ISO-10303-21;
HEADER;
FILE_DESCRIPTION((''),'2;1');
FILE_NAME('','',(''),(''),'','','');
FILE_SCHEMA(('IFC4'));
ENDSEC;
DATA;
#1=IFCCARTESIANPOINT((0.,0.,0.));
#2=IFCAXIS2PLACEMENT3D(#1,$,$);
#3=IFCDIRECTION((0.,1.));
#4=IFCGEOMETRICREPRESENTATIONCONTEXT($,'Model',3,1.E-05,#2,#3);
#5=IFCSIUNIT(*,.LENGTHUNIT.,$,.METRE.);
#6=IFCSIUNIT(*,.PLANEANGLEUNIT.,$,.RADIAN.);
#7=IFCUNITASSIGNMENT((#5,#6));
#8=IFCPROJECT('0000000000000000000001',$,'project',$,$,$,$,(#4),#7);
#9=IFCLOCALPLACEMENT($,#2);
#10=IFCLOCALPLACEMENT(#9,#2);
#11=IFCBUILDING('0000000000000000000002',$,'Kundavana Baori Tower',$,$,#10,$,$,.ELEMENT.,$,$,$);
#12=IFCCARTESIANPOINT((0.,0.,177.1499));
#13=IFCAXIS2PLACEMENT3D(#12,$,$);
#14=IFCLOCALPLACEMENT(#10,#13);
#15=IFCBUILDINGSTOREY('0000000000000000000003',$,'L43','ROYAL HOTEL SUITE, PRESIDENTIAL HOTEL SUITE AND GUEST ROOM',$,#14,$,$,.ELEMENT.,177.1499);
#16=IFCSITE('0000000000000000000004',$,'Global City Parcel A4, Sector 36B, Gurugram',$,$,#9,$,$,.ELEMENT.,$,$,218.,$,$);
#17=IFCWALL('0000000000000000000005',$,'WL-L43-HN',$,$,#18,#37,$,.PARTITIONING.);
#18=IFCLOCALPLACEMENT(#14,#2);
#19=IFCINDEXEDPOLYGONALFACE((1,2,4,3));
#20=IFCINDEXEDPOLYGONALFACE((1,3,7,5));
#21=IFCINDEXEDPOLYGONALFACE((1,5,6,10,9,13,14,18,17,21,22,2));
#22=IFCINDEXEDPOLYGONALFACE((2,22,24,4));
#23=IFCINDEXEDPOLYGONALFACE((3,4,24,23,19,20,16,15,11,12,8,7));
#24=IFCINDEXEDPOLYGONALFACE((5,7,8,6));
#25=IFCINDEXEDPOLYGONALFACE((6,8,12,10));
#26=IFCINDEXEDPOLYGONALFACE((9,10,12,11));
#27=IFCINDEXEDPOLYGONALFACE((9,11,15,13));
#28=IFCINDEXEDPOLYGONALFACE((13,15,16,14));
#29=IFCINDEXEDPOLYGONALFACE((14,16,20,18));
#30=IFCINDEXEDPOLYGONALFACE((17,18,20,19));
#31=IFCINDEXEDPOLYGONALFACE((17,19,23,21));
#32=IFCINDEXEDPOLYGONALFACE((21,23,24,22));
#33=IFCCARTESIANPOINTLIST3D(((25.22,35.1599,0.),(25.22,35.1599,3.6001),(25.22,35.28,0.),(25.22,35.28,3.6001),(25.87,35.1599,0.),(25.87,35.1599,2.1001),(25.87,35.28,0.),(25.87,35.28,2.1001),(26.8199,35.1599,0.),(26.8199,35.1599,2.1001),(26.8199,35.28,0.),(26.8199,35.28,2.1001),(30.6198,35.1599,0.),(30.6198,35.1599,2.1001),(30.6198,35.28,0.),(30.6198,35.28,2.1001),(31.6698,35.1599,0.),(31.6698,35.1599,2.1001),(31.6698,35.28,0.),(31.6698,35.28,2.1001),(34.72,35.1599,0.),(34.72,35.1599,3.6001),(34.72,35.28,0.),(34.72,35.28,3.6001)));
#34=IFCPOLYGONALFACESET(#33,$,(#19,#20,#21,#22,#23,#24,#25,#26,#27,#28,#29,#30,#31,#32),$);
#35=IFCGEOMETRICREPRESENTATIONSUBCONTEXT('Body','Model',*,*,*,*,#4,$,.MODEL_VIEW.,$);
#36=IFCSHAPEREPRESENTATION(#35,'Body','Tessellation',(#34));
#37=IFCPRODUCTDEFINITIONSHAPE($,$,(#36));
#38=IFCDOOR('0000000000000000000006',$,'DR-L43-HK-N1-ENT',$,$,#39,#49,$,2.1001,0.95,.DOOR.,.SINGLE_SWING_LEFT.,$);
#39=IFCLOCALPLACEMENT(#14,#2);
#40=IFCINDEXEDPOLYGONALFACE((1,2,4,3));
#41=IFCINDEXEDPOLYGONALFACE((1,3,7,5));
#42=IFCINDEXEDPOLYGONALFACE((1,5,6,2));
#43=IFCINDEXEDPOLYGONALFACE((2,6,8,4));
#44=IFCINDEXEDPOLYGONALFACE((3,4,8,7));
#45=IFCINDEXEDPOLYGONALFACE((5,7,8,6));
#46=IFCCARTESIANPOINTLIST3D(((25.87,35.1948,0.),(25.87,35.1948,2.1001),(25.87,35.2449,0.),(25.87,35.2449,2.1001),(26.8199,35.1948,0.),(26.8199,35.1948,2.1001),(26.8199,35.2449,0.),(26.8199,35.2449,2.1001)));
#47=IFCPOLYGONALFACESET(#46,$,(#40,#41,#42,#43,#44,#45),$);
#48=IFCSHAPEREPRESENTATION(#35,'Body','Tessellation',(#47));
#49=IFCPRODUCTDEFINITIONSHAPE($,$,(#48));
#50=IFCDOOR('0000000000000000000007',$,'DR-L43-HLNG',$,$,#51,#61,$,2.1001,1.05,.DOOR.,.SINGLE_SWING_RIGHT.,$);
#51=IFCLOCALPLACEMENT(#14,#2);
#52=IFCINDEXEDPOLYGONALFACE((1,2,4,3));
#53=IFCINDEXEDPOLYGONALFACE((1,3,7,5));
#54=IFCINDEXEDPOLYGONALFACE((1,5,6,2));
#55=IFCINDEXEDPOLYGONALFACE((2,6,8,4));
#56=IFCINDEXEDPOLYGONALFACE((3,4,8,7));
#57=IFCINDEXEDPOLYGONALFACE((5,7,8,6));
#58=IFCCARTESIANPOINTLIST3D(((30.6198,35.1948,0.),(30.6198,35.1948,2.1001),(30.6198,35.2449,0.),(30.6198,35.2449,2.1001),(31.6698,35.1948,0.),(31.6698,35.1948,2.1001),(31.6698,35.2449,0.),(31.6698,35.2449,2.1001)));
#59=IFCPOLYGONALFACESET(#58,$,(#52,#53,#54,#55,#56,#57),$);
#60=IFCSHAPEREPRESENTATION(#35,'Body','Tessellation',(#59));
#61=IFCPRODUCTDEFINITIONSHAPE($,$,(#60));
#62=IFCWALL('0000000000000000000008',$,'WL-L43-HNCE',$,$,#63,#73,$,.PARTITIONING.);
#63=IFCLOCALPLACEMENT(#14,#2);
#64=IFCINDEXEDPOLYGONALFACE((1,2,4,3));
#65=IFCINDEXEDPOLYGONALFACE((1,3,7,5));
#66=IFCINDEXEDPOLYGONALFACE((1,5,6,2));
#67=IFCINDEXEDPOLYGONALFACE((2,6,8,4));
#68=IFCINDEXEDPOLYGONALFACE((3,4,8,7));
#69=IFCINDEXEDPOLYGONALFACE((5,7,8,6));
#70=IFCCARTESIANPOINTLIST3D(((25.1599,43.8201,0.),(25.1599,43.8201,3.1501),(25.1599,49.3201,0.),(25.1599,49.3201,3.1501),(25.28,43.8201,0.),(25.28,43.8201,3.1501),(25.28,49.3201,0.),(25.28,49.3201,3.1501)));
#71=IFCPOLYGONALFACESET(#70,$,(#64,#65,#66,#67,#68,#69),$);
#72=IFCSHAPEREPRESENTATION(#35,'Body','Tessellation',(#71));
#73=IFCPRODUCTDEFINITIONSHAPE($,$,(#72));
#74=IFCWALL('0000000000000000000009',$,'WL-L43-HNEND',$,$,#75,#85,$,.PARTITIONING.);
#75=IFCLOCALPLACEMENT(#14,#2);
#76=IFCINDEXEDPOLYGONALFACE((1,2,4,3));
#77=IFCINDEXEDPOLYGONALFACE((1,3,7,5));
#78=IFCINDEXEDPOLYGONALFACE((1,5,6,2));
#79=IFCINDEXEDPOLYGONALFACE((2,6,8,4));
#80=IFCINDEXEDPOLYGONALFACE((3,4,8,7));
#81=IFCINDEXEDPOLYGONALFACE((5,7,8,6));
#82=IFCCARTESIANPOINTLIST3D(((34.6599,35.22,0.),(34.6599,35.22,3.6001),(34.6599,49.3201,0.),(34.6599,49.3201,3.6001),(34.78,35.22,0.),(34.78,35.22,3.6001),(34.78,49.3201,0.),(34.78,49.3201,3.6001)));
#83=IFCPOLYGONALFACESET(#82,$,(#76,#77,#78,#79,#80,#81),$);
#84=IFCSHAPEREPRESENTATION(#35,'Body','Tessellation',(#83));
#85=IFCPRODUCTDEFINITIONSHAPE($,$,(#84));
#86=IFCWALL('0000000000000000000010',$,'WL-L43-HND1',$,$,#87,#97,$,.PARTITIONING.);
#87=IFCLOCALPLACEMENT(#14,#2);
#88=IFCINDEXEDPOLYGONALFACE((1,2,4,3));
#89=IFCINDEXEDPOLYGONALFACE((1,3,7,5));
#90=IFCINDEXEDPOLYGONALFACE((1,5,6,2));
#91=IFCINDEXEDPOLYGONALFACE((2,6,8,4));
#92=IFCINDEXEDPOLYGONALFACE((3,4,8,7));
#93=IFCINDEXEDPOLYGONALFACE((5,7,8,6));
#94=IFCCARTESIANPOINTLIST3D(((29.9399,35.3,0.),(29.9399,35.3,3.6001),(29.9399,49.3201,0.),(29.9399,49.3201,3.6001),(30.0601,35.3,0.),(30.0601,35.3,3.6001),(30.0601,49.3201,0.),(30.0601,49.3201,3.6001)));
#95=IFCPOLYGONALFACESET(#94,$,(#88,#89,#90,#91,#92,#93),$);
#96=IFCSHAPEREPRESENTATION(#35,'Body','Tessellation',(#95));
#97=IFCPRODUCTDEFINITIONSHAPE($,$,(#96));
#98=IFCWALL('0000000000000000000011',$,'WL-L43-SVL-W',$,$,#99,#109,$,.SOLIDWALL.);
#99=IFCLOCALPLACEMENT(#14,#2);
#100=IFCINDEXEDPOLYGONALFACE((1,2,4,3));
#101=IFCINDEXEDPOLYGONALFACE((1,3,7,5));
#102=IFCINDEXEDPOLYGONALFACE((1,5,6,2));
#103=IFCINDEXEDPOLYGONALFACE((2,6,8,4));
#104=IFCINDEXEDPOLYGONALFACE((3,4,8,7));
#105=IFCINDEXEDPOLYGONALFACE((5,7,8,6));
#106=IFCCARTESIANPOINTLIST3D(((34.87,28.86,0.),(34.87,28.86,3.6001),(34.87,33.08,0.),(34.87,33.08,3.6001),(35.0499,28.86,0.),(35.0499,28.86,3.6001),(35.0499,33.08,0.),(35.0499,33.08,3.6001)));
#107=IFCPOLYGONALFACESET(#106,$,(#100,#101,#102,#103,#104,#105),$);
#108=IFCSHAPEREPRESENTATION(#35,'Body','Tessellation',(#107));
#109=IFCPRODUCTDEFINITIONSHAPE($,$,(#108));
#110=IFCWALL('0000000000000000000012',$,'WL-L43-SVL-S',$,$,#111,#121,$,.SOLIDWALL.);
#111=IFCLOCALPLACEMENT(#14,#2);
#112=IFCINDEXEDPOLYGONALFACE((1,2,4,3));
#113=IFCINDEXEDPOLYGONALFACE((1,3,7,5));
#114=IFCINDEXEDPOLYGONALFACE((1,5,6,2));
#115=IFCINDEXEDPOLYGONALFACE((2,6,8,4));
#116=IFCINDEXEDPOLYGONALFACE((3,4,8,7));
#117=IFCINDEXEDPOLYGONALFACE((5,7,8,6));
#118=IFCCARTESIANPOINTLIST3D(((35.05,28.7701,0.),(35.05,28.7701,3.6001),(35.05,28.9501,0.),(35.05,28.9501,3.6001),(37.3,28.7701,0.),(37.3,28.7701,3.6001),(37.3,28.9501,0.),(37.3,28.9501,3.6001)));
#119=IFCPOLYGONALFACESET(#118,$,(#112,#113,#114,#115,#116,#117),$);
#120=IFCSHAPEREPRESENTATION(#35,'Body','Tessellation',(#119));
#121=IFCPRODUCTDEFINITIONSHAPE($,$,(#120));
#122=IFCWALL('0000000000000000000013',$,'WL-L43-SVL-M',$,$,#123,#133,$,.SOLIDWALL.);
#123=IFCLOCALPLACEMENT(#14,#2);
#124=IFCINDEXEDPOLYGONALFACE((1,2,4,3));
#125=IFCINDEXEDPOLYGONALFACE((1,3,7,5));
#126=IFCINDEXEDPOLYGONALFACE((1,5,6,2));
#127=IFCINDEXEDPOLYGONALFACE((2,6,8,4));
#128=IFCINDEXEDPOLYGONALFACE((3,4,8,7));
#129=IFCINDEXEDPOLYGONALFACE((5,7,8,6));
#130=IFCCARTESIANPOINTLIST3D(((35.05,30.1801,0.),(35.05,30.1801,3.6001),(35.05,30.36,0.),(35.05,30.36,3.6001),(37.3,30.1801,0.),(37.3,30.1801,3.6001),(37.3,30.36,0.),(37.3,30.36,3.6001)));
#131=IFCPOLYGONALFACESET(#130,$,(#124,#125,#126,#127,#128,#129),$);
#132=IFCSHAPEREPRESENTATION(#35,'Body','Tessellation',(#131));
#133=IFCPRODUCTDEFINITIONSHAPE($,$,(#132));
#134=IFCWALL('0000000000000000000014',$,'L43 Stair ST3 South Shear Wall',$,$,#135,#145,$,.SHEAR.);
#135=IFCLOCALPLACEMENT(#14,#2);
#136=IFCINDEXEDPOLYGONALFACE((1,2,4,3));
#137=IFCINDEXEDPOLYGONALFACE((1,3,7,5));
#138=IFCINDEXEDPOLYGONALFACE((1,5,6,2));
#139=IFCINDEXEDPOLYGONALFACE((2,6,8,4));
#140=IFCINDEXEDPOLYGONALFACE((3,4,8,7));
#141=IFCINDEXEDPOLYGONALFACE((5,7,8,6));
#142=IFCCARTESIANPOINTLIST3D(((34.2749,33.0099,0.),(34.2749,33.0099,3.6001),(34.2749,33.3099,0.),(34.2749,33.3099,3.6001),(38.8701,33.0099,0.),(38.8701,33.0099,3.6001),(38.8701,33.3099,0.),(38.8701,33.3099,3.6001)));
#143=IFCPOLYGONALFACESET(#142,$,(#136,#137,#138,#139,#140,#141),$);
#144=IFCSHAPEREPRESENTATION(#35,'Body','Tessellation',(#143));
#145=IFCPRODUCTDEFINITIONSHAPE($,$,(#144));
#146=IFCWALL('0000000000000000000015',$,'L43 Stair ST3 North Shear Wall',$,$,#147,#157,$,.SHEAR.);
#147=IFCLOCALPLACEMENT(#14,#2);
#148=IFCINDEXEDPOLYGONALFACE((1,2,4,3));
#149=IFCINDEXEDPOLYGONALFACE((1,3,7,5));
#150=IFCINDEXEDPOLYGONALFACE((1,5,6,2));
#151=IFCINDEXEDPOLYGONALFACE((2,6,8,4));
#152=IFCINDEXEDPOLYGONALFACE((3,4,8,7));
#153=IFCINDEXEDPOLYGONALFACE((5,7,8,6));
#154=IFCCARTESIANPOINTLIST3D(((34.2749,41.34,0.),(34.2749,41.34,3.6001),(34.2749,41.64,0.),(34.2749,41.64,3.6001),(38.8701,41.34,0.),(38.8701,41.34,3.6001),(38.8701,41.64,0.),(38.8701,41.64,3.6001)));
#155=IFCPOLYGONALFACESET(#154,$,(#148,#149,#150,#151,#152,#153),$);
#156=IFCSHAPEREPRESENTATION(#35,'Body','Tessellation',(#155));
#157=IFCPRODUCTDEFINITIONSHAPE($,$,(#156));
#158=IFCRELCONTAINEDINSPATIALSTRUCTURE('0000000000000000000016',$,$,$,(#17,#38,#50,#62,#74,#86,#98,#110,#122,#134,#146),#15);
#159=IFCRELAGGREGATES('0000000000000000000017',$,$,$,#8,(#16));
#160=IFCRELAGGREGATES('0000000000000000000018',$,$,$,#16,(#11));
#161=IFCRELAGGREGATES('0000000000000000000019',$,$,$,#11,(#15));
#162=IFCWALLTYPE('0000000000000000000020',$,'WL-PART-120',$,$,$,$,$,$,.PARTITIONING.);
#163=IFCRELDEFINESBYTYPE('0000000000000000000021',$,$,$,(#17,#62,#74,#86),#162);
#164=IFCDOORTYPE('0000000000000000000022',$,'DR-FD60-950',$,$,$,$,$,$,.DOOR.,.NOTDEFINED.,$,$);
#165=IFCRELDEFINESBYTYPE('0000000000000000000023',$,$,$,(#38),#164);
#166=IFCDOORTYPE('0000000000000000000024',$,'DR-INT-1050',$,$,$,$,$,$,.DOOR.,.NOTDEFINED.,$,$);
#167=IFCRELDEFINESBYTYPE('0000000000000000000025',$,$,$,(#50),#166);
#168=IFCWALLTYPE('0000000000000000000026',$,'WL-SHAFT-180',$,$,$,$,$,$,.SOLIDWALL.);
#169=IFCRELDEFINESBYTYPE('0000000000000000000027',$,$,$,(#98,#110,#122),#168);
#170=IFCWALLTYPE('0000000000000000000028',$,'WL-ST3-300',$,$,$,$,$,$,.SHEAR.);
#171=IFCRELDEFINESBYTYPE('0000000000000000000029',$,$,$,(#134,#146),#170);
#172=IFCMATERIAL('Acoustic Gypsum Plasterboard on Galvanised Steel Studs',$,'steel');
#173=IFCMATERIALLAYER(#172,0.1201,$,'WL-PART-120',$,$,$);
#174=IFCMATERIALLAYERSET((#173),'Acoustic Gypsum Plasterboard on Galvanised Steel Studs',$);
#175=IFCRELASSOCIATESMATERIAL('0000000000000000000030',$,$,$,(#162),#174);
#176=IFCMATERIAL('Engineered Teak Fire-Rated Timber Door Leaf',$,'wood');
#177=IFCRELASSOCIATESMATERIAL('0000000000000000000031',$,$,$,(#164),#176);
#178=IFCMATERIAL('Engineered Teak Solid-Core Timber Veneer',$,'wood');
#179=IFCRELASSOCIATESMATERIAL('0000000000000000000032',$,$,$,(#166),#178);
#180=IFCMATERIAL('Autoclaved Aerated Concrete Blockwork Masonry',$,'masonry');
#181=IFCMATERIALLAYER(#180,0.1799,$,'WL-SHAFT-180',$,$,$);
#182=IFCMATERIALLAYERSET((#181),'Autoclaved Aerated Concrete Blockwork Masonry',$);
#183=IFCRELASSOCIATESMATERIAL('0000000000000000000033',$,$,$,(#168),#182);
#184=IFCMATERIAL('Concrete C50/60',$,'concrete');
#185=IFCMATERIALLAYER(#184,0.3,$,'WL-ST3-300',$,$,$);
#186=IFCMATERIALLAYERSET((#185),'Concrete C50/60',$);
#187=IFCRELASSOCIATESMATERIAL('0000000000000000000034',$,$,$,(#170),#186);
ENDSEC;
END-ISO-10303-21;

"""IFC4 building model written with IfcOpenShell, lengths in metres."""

from ifc_helpers import new_model, si_unit, direction, frame, frame_2d, origin, place, context, subcontext, project, spatial, rectangle, extrude, material, layer, layer_set, type_object, element, fill, save


model = new_model("IFC4")

# Units and contexts
model_context = context("Model", 3, precision=1e-05, world=origin(), true_north=direction((0.0, 1.0)))
body_context = subcontext(model_context, "Body", "Model", "MODEL_VIEW")
ifc_project = project(units=[si_unit("LENGTHUNIT", "METRE"), si_unit("PLANEANGLEUNIT", "RADIAN")], contexts=[model_context])

# Site, building, storey
site_placement = place(None, origin())
site = spatial("IfcSite", under=ifc_project, at=site_placement, Name="Global City Parcel A4, Sector 36B, Gurugram", CompositionType="ELEMENT", RefElevation=218.0)
building_placement = place(site_placement, origin())
building = spatial("IfcBuilding", under=site, at=building_placement, Name="Kundavana Baori Tower", CompositionType="ELEMENT")
storey_placement = place(building_placement, frame((0.0, 0.0, 177.1499)))
storey = spatial("IfcBuildingStorey", under=building, at=storey_placement, Name="L43", Description="ROYAL HOTEL SUITE, PRESIDENTIAL HOTEL SUITE AND GUEST ROOM", CompositionType="ELEMENT", Elevation=177.1499)

# Wall, openings, doors
ifc_material_1 = material(Name="Acoustic Gypsum Plasterboard on Galvanised Steel Studs", Category="steel")
ifc_layer_1 = layer(ifc_material_1, 0.1201, Name="WL-PART-120")
ifc_layer_set_1 = layer_set([ifc_layer_1], Name="Acoustic Gypsum Plasterboard on Galvanised Steel Studs")
wall_type_1 = type_object("IfcWallType", Name="WL-PART-120", PredefinedType="PARTITIONING", material=ifc_layer_set_1)
wall_1_placement = place(storey_placement, frame((25.22, 35.22, 0.0), z_axis=(0.0, 0.0, 1.0), x_axis=(1.0, 0.0, 0.0)))
wall_1 = element("IfcWall", 1, at=wall_1_placement, inside=storey, type_object=wall_type_1, Name="WL-L43-HN", PredefinedType="PARTITIONING", context=body_context, shape_type="SweptSolid", body=[
    extrude(rectangle(XDim=9.5, YDim=0.1201, at=frame_2d((4.75, 0.0))), origin(), (0.0, 0.0, 1.0), 3.6001),
])
opening_1_placement = place(wall_1_placement, frame((0.6499, 0.0, 0.0)))
opening_1 = element("IfcOpeningElement", 2, at=opening_1_placement, cuts=wall_1, PredefinedType="OPENING", context=body_context, shape_type="SweptSolid", body=[
    extrude(rectangle(XDim=0.95, YDim=2.1001, at=frame_2d((0.4751, 1.05))), frame((0.0, 0.0701, 0.0), z_axis=(0.0, -1.0, 0.0), x_axis=(1.0, 0.0, 0.0)), (0.0, 0.0, 1.0), 0.1401),
])
opening_2_placement = place(wall_1_placement, frame((5.3999, 0.0, 0.0)))
opening_2 = element("IfcOpeningElement", 3, at=opening_2_placement, cuts=wall_1, PredefinedType="OPENING", context=body_context, shape_type="SweptSolid", body=[
    extrude(rectangle(XDim=1.05, YDim=2.1001, at=frame_2d((0.5249, 1.05))), frame((0.0, 0.0701, 0.0), z_axis=(0.0, -1.0, 0.0), x_axis=(1.0, 0.0, 0.0)), (0.0, 0.0, 1.0), 0.1401),
])
ifc_material_2 = material(Name="Engineered Teak Fire-Rated Timber Door Leaf", Category="wood")
door_type_1 = type_object("IfcDoorType", Name="DR-FD60-950", OperationType="NOTDEFINED", PredefinedType="DOOR", material=ifc_material_2)
door_1_placement = place(opening_1_placement, origin())
door_1 = element("IfcDoor", 4, at=door_1_placement, inside=storey, type_object=door_type_1, Name="DR-L43-HK-N1-ENT", OperationType="SINGLE_SWING_LEFT", OverallHeight=2.1001, OverallWidth=0.95, PredefinedType="DOOR", context=body_context, shape_type="SweptSolid", body=[
    extrude(rectangle(XDim=0.95, YDim=2.1001, at=frame_2d((0.4751, 1.05))), frame((0.0, 0.0249, 0.0), z_axis=(0.0, -1.0, 0.0), x_axis=(1.0, 0.0, 0.0)), (0.0, 0.0, 1.0), 0.05),
])
fill(opening_1, door_1)
ifc_material_3 = material(Name="Engineered Teak Solid-Core Timber Veneer", Category="wood")
door_type_2 = type_object("IfcDoorType", Name="DR-INT-1050", OperationType="NOTDEFINED", PredefinedType="DOOR", material=ifc_material_3)
door_2_placement = place(opening_2_placement, origin())
door_2 = element("IfcDoor", 5, at=door_2_placement, inside=storey, type_object=door_type_2, Name="DR-L43-HLNG", OperationType="SINGLE_SWING_RIGHT", OverallHeight=2.1001, OverallWidth=1.05, PredefinedType="DOOR", context=body_context, shape_type="SweptSolid", body=[
    extrude(rectangle(XDim=1.05, YDim=2.1001, at=frame_2d((0.5249, 1.05))), frame((0.0, 0.0249, 0.0), z_axis=(0.0, -1.0, 0.0), x_axis=(1.0, 0.0, 0.0)), (0.0, 0.0, 1.0), 0.05),
])
fill(opening_2, door_2)

# Walls
wall_2_placement = place(storey_placement, frame((25.22, 43.8201, 0.0), z_axis=(0.0, 0.0, 1.0), x_axis=(0.0, 1.0, 0.0)))
element("IfcWall", 6, at=wall_2_placement, inside=storey, type_object=wall_type_1, Name="WL-L43-HNCE", PredefinedType="PARTITIONING", context=body_context, shape_type="SweptSolid", body=[
    extrude(rectangle(XDim=5.5, YDim=0.1201, at=frame_2d((2.75, 0.0))), origin(), (0.0, 0.0, 1.0), 3.1501),
])
wall_3_placement = place(storey_placement, frame((34.72, 35.22, 0.0), z_axis=(0.0, 0.0, 1.0), x_axis=(0.0, 1.0, 0.0)))
element("IfcWall", 7, at=wall_3_placement, inside=storey, type_object=wall_type_1, Name="WL-L43-HNEND", PredefinedType="PARTITIONING", context=body_context, shape_type="SweptSolid", body=[
    extrude(rectangle(XDim=14.1001, YDim=0.1201, at=frame_2d((7.05, 0.0))), origin(), (0.0, 0.0, 1.0), 3.6001),
])
wall_4_placement = place(storey_placement, frame((30.0, 35.3, 0.0), z_axis=(0.0, 0.0, 1.0), x_axis=(0.0, 1.0, 0.0)))
element("IfcWall", 8, at=wall_4_placement, inside=storey, type_object=wall_type_1, Name="WL-L43-HND1", PredefinedType="PARTITIONING", context=body_context, shape_type="SweptSolid", body=[
    extrude(rectangle(XDim=14.02, YDim=0.1201, at=frame_2d((7.01, 0.0))), origin(), (0.0, 0.0, 1.0), 3.6001),
])
ifc_material_4 = material(Name="Autoclaved Aerated Concrete Blockwork Masonry", Category="masonry")
ifc_layer_2 = layer(ifc_material_4, 0.1799, Name="WL-SHAFT-180")
ifc_layer_set_2 = layer_set([ifc_layer_2], Name="Autoclaved Aerated Concrete Blockwork Masonry")
wall_type_2 = type_object("IfcWallType", Name="WL-SHAFT-180", PredefinedType="SOLIDWALL", material=ifc_layer_set_2)
wall_5_placement = place(storey_placement, frame((34.96, 28.8601, 0.0), z_axis=(0.0, 0.0, 1.0), x_axis=(0.0, 1.0, 0.0)))
element("IfcWall", 9, at=wall_5_placement, inside=storey, type_object=wall_type_2, Name="WL-L43-SVL-W", PredefinedType="SOLIDWALL", context=body_context, shape_type="SweptSolid", body=[
    extrude(rectangle(XDim=4.22, YDim=0.1799, at=frame_2d((2.1099, 0.0))), origin(), (0.0, 0.0, 1.0), 3.6001),
])
for number, where, z_axis, x_axis, name in (
    (10, (35.05, 28.8601, 0.0), (0.0, 0.0, 1.0), (1.0, 0.0, 0.0), "WL-L43-SVL-S"),
    (11, (35.05, 30.27, 0.0), (0.0, 0.0, 1.0), (1.0, 0.0, 0.0), "WL-L43-SVL-M"),
):
    element("IfcWall", number, at=place(storey_placement, frame(where, z_axis=z_axis, x_axis=x_axis)), inside=storey, type_object=wall_type_2, Name=name, PredefinedType="SOLIDWALL", context=body_context, shape_type="SweptSolid", body=[
        extrude(rectangle(XDim=2.25, YDim=0.1799, at=frame_2d((1.125, 0.0))), origin(), (0.0, 0.0, 1.0), 3.6001),
    ])
ifc_material_5 = material(Name="Concrete C50/60", Category="concrete")
ifc_layer_3 = layer(ifc_material_5, 0.3, Name="WL-ST3-300")
ifc_layer_set_3 = layer_set([ifc_layer_3], Name="Concrete C50/60")
wall_type_3 = type_object("IfcWallType", Name="WL-ST3-300", PredefinedType="SHEAR", material=ifc_layer_set_3)
for number, where, z_axis, x_axis, name in (
    (12, (34.2749, 33.1599, 0.0), (0.0, 0.0, 1.0), (1.0, 0.0, 0.0), "L43 Stair ST3 South Shear Wall"),
    (13, (34.2749, 41.49, 0.0), (0.0, 0.0, 1.0), (1.0, 0.0, 0.0), "L43 Stair ST3 North Shear Wall"),
):
    element("IfcWall", number, at=place(storey_placement, frame(where, z_axis=z_axis, x_axis=x_axis)), inside=storey, type_object=wall_type_3, Name=name, PredefinedType="SHEAR", context=body_context, shape_type="SweptSolid", body=[
        extrude(rectangle(XDim=4.5952, YDim=0.3, at=frame_2d((2.2976, 0.0))), origin(), (0.0, 0.0, 1.0), 3.6001),
    ])

save(model, "model.ifc")
